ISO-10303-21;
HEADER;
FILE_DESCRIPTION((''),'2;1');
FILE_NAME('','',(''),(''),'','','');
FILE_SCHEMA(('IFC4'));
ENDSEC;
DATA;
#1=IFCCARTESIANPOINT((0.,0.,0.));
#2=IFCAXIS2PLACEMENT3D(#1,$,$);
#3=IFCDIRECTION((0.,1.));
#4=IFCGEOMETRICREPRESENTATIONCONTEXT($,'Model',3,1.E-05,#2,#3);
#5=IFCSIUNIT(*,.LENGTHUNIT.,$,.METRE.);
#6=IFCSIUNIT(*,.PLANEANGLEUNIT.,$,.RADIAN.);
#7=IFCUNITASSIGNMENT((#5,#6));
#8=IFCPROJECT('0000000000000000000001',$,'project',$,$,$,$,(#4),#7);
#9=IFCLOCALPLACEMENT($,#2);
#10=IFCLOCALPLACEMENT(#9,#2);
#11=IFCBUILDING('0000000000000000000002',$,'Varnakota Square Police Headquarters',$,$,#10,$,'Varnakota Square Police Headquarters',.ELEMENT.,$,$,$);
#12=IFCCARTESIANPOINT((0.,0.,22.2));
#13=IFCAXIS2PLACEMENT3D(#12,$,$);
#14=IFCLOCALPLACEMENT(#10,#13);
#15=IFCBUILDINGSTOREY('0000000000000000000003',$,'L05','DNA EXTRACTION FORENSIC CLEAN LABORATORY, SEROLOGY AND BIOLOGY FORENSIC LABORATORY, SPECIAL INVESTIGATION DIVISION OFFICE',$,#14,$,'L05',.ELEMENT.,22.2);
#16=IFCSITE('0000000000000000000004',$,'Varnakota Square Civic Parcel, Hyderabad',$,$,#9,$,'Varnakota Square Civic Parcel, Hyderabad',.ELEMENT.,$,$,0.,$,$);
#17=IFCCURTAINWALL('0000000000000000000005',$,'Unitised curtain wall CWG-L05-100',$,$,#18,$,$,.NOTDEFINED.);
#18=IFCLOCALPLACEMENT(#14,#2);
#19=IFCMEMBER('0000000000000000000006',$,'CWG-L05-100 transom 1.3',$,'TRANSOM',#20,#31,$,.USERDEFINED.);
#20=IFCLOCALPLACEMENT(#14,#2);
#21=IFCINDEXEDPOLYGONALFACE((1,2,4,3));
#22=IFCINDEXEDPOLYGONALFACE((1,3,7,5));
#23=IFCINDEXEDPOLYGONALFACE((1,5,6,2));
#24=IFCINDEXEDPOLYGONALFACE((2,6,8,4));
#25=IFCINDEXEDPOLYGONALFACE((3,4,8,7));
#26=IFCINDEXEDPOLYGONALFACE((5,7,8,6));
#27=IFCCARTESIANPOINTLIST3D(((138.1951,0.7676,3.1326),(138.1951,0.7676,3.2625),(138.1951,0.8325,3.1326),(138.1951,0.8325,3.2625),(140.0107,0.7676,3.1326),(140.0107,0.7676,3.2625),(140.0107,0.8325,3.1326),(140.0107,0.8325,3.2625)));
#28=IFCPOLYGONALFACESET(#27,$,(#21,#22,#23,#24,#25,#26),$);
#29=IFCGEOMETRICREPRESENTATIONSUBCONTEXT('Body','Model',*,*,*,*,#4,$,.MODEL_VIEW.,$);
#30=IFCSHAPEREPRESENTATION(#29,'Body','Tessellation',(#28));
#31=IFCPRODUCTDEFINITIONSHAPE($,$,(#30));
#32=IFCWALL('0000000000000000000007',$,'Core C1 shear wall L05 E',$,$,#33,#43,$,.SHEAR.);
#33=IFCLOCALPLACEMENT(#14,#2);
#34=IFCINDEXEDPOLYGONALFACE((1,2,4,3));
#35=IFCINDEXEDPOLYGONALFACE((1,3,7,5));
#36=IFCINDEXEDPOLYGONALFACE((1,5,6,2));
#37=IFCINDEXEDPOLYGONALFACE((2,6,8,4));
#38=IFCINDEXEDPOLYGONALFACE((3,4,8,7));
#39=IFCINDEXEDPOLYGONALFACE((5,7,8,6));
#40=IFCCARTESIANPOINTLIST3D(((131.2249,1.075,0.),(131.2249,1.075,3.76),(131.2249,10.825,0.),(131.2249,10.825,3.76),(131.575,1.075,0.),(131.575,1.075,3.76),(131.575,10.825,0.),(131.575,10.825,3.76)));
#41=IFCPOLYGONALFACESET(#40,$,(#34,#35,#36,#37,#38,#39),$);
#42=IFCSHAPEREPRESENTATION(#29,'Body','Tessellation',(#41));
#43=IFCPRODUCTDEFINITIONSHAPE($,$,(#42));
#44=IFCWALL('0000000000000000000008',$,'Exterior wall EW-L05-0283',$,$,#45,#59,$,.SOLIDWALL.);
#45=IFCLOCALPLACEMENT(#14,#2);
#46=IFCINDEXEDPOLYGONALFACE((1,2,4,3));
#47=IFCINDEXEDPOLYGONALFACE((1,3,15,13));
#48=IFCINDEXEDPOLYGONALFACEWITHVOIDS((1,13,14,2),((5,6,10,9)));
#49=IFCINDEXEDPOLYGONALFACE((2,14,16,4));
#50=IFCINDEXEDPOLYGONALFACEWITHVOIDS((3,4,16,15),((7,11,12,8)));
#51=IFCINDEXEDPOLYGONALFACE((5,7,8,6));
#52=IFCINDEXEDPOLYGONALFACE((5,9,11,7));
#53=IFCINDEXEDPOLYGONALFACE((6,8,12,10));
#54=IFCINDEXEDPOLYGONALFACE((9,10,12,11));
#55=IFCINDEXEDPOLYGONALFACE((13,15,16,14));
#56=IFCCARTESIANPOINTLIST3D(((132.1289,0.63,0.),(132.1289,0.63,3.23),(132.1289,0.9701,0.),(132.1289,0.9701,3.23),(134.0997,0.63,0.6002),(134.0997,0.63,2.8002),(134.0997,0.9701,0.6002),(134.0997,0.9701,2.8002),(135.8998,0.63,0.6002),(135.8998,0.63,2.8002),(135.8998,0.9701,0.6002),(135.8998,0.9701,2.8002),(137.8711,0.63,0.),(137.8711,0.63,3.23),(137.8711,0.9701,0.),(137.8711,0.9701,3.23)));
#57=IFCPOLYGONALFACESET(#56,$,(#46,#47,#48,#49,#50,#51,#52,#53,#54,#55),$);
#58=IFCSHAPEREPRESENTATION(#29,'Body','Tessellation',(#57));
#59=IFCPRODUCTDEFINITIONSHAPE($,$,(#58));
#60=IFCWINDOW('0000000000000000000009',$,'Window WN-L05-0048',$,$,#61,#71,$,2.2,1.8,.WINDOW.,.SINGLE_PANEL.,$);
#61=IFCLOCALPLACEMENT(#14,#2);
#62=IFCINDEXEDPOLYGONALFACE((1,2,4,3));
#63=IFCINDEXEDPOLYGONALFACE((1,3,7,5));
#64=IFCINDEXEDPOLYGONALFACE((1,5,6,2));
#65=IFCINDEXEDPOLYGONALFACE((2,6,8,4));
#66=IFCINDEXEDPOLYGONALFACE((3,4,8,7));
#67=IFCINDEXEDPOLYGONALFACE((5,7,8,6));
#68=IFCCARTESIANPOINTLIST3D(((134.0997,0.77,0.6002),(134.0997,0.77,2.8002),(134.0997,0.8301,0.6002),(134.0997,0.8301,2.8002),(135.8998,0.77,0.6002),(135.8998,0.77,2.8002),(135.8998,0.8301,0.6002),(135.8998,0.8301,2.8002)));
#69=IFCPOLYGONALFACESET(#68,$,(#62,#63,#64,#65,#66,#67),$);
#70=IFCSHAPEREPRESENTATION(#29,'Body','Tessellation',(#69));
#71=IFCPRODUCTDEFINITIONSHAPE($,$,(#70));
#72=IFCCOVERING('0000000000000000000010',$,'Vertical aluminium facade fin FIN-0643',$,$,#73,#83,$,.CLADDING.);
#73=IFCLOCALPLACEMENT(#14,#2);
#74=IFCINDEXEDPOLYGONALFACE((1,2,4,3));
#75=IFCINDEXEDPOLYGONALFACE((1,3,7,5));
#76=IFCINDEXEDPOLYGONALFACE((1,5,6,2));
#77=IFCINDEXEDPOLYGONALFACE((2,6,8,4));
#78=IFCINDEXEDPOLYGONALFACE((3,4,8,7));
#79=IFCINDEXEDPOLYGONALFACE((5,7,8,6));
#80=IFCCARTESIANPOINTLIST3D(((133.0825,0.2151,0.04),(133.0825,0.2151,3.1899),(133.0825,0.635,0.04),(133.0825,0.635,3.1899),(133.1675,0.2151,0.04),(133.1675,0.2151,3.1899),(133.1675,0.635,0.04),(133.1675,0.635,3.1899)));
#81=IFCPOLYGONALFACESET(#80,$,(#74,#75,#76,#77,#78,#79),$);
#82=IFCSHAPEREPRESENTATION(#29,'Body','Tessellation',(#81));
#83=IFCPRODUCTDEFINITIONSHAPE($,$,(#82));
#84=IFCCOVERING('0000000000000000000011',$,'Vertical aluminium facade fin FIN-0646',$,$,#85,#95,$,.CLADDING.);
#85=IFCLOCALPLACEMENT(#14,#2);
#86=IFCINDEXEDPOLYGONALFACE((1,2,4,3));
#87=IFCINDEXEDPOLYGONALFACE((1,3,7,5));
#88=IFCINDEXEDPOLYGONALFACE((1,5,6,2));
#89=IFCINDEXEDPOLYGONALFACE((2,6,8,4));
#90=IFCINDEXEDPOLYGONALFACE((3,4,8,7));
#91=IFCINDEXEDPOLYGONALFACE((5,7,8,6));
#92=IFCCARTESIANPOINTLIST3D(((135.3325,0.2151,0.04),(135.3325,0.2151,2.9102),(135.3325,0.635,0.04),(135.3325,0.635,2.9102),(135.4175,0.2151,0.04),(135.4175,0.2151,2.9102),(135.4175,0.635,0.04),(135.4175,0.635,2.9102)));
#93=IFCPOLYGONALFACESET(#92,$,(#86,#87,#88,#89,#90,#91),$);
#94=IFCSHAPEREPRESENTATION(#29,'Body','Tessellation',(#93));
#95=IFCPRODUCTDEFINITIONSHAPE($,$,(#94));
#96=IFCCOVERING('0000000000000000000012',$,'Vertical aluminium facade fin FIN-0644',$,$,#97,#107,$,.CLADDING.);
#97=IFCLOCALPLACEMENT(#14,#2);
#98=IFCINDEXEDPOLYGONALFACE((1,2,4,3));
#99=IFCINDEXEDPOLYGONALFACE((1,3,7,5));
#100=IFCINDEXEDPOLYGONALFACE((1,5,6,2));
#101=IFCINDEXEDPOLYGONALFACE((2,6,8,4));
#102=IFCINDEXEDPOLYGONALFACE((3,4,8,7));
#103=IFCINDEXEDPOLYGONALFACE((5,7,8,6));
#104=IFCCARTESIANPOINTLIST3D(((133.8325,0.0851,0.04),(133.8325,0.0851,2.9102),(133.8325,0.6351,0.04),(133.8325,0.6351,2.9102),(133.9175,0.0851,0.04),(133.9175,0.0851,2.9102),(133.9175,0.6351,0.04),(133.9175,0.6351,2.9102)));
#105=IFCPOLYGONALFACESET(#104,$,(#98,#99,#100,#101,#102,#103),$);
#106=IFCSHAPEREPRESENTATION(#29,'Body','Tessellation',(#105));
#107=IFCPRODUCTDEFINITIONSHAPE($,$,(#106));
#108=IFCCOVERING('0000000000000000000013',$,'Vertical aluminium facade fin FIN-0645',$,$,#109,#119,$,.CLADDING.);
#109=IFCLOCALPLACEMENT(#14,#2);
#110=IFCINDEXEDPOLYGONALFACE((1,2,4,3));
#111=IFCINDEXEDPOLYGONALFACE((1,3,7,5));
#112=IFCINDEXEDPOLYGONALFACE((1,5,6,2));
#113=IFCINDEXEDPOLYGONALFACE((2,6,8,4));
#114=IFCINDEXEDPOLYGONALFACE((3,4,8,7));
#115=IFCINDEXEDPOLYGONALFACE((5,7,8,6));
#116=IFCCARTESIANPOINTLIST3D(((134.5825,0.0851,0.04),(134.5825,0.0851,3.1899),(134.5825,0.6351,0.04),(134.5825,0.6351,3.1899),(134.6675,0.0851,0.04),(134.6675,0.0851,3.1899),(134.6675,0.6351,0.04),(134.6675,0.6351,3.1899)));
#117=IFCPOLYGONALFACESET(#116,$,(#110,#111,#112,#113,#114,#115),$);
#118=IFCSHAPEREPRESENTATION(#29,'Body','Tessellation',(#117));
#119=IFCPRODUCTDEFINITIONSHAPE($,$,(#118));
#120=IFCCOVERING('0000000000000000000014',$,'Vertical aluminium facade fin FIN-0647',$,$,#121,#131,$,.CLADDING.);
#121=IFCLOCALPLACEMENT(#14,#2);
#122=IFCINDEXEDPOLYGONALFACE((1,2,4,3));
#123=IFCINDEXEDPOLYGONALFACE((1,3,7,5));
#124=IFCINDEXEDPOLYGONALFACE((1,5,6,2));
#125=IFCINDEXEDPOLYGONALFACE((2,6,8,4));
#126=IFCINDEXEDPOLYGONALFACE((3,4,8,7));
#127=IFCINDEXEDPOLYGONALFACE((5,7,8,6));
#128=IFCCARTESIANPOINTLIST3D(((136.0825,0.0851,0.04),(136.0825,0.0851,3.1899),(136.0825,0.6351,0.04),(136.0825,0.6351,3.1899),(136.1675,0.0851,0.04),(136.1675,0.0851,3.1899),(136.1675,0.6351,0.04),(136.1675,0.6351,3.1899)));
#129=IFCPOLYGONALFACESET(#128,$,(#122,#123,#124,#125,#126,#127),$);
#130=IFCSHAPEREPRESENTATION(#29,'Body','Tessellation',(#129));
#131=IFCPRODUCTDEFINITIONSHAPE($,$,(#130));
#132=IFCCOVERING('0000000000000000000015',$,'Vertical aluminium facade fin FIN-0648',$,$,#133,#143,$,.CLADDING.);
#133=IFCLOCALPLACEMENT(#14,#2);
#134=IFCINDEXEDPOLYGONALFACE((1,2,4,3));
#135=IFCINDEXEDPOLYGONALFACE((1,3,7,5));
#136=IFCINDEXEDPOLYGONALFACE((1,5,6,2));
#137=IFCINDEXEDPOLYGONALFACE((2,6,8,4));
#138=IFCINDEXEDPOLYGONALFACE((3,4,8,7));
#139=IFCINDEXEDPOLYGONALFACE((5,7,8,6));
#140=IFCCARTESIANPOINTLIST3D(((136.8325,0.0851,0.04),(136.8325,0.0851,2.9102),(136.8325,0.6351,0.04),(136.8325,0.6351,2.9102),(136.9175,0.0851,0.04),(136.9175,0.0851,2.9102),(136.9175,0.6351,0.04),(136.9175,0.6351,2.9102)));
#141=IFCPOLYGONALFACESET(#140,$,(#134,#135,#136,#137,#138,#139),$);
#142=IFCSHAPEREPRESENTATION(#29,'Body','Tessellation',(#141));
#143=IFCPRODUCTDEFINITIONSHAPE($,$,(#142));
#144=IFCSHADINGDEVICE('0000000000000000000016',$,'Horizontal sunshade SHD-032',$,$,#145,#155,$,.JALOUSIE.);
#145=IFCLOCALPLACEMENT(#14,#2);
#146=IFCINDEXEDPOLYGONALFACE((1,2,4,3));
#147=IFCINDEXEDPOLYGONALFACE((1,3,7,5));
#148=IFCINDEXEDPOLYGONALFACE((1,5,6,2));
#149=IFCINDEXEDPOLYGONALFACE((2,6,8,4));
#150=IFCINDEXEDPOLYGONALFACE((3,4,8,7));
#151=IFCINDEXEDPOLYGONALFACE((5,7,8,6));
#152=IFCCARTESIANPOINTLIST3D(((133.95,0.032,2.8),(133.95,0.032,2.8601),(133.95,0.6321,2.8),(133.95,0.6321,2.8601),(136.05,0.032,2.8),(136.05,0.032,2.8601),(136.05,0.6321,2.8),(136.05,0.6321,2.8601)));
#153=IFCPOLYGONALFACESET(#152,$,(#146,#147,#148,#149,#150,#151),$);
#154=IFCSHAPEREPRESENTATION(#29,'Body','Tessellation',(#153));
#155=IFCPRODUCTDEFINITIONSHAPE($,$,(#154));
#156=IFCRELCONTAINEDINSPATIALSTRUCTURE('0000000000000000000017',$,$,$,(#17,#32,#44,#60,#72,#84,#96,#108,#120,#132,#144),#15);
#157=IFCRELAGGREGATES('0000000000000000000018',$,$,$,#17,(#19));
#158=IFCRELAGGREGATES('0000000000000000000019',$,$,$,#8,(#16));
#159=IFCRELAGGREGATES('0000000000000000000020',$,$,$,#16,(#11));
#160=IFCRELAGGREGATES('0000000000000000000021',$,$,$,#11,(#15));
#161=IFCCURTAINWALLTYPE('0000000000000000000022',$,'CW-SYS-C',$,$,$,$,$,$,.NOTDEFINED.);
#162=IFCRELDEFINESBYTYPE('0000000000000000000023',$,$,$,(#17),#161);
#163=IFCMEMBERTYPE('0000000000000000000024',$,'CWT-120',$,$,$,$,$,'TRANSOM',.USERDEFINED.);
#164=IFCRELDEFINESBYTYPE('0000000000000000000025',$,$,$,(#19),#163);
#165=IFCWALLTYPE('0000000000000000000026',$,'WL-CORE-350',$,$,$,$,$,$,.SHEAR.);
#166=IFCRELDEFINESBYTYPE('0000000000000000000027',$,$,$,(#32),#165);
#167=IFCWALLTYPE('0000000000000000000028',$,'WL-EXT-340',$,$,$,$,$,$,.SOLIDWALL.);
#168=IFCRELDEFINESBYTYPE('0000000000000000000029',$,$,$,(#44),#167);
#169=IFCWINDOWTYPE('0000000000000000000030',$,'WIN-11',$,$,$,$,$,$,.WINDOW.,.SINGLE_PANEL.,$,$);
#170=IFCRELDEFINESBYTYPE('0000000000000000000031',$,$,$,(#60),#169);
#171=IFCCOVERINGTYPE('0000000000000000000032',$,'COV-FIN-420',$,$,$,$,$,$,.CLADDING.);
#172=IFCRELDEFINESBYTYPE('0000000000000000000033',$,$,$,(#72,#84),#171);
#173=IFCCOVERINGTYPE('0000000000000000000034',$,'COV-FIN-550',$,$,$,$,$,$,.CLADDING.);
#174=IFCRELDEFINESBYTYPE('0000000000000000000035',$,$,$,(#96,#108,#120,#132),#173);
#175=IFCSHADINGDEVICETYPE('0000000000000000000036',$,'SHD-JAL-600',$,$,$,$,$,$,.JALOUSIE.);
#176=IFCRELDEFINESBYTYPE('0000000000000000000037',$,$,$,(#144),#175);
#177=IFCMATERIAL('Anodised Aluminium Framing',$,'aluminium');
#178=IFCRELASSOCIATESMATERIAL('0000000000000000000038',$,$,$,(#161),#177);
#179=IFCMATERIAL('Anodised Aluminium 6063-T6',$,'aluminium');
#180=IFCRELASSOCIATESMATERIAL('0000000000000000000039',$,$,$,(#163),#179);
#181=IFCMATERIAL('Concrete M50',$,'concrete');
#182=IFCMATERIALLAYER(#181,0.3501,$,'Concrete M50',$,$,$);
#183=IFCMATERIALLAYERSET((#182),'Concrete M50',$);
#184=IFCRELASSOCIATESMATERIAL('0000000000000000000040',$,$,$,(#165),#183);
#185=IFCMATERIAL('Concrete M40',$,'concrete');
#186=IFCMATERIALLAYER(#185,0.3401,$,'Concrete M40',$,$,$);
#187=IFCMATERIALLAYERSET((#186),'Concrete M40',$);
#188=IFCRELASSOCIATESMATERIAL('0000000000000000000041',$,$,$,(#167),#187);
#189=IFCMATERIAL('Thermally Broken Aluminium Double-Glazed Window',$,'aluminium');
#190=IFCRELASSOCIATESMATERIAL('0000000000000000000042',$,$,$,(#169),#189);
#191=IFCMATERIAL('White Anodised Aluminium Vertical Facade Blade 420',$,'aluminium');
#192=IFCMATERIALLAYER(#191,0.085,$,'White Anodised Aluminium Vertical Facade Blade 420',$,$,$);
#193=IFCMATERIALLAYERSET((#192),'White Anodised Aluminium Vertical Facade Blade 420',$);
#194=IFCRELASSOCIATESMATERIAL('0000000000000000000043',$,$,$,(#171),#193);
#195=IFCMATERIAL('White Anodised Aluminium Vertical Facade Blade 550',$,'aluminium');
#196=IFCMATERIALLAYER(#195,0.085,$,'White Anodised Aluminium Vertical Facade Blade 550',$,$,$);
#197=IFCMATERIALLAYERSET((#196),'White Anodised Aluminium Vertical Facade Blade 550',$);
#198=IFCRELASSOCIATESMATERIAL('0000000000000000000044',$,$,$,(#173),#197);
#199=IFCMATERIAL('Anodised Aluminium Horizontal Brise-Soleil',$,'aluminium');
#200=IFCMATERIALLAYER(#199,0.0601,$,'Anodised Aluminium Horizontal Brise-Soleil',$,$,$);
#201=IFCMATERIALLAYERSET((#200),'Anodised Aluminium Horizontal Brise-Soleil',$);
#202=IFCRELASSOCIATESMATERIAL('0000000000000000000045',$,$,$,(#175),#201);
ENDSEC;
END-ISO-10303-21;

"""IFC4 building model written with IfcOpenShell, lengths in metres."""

from ifc_helpers import new_model, si_unit, direction, frame, frame_2d, origin, origin_2d, place, context, subcontext, project, spatial, rectangle, extrude, material, layer, layer_set, material_profile, profile_set, type_object, element, fill, aggregate, save


model = new_model("IFC4")

# Units and contexts
model_context = context("Model", 3, precision=1e-05, world=origin(), true_north=direction((0.0, 1.0)))
body_context = subcontext(model_context, "Body", "Model", "MODEL_VIEW")
ifc_project = project(units=[si_unit("LENGTHUNIT", "METRE"), si_unit("PLANEANGLEUNIT", "RADIAN")], contexts=[model_context])

# Site, building, storey
site_placement = place(None, origin())
site = spatial("IfcSite", under=ifc_project, at=site_placement, Name="Varnakota Square Civic Parcel, Hyderabad", LongName="Varnakota Square Civic Parcel, Hyderabad", CompositionType="ELEMENT", RefElevation=0.0)
building_placement = place(site_placement, origin())
building = spatial("IfcBuilding", under=site, at=building_placement, Name="Varnakota Square Police Headquarters", LongName="Varnakota Square Police Headquarters", CompositionType="ELEMENT")
storey_placement = place(building_placement, frame((0.0, 0.0, 22.2)))
storey = spatial("IfcBuildingStorey", under=building, at=storey_placement, Name="L05", Description="DNA EXTRACTION FORENSIC CLEAN LABORATORY, SEROLOGY AND BIOLOGY FORENSIC LABORATORY, SPECIAL INVESTIGATION DIVISION OFFICE", LongName="L05", CompositionType="ELEMENT", Elevation=22.2)

# Curtain wall, member
ifc_material_1 = material(Name="Anodised Aluminium Framing", Category="aluminium")
curtain_wall_type = type_object("IfcCurtainWallType", Name="CW-SYS-C", PredefinedType="NOTDEFINED", material=ifc_material_1)
curtain_wall_placement = place(storey_placement, origin())
curtain_wall = element("IfcCurtainWall", 1, at=curtain_wall_placement, inside=storey, type_object=curtain_wall_type, Name="Unitised curtain wall CWG-L05-100", PredefinedType="NOTDEFINED")
ifc_material_2 = material(Name="Anodised Aluminium 6063-T6", Category="aluminium")
ifc_material_profile_1 = material_profile(ifc_material_2, rectangle(XDim=0.0649, YDim=0.1299, at=origin_2d()), Name="ALU TRANSOM 65x130")
ifc_profile_set_1 = profile_set([ifc_material_profile_1], Name="Anodised Aluminium 6063-T6")
member_type_1 = type_object("IfcMemberType", Name="CWT-120", ElementType="TRANSOM", PredefinedType="USERDEFINED", material=ifc_profile_set_1)
member_1_placement = place(storey_placement, frame((138.1951, 0.8, 3.1975), z_axis=(1.0, 0.0, 0.0), x_axis=(0.0, 1.0, 0.0)))
member_1 = element("IfcMember", 2, at=member_1_placement, type_object=member_type_1, Name="CWG-L05-100 transom 1.3", ObjectType="TRANSOM", PredefinedType="USERDEFINED", context=body_context, shape_type="SweptSolid", body=[
    extrude(rectangle(XDim=0.0649, YDim=0.1299, at=origin_2d()), origin(), (0.0, 0.0, 1.0), 1.8157),
])
aggregate(curtain_wall, [member_1])

# Wall
ifc_material_3 = material(Name="Concrete M50", Category="concrete")
ifc_layer_1 = layer(ifc_material_3, 0.3501, Name="Concrete M50")
ifc_layer_set_1 = layer_set([ifc_layer_1], Name="Concrete M50")
wall_type_1 = type_object("IfcWallType", Name="WL-CORE-350", PredefinedType="SHEAR", material=ifc_layer_set_1)
wall_1_placement = place(storey_placement, frame((131.3999, 1.075, 0.0), z_axis=(0.0, 0.0, 1.0), x_axis=(0.0, 1.0, 0.0)))
element("IfcWall", 3, at=wall_1_placement, inside=storey, type_object=wall_type_1, Name="Core C1 shear wall L05 E", PredefinedType="SHEAR", context=body_context, shape_type="SweptSolid", body=[
    extrude(rectangle(XDim=9.75, YDim=0.3501, at=frame_2d((4.875, 0.0))), origin(), (0.0, 0.0, 1.0), 3.76),
])

# Wall, opening, window
ifc_material_4 = material(Name="Concrete M40", Category="concrete")
ifc_layer_2 = layer(ifc_material_4, 0.3401, Name="Concrete M40")
ifc_layer_set_2 = layer_set([ifc_layer_2], Name="Concrete M40")
wall_type_2 = type_object("IfcWallType", Name="WL-EXT-340", PredefinedType="SOLIDWALL", material=ifc_layer_set_2)
wall_2_placement = place(storey_placement, frame((132.1289, 0.8, 0.0), z_axis=(0.0, 0.0, 1.0), x_axis=(1.0, 0.0, 0.0)))
wall_2 = element("IfcWall", 4, at=wall_2_placement, inside=storey, type_object=wall_type_2, Name="Exterior wall EW-L05-0283", PredefinedType="SOLIDWALL", context=body_context, shape_type="SweptSolid", body=[
    extrude(rectangle(XDim=5.7422, YDim=0.3401, at=frame_2d((2.8711, 0.0))), origin(), (0.0, 0.0, 1.0), 3.23),
])
opening_placement = place(wall_2_placement, frame((1.9709, 0.0, 0.6001)))
opening = element("IfcOpeningElement", 5, at=opening_placement, cuts=wall_2, PredefinedType="OPENING", context=body_context, shape_type="SweptSolid", body=[
    extrude(rectangle(XDim=1.8, YDim=2.2, at=frame_2d((0.8999, 1.1001))), frame((0.0, 0.1799, 0.0), z_axis=(0.0, -1.0, 0.0), x_axis=(1.0, 0.0, 0.0)), (0.0, 0.0, 1.0), 0.3601),
])
ifc_material_5 = material(Name="Thermally Broken Aluminium Double-Glazed Window", Category="aluminium")
window_type = type_object("IfcWindowType", Name="WIN-11", PartitioningType="SINGLE_PANEL", PredefinedType="WINDOW", material=ifc_material_5)
window_placement = place(opening_placement, origin())
window = element("IfcWindow", 6, at=window_placement, inside=storey, type_object=window_type, Name="Window WN-L05-0048", OverallHeight=2.2, OverallWidth=1.8, PartitioningType="SINGLE_PANEL", PredefinedType="WINDOW", context=body_context, shape_type="SweptSolid", body=[
    extrude(rectangle(XDim=1.8, YDim=2.2, at=frame_2d((0.8999, 1.1001))), frame((0.0, 0.03, 0.0), z_axis=(0.0, -1.0, 0.0), x_axis=(1.0, 0.0, 0.0)), (0.0, 0.0, 1.0), 0.0601),
])
fill(opening, window)

# Coverings
ifc_material_6 = material(Name="White Anodised Aluminium Vertical Facade Blade 420", Category="aluminium")
ifc_layer_3 = layer(ifc_material_6, 0.085, Name="White Anodised Aluminium Vertical Facade Blade 420")
ifc_layer_set_3 = layer_set([ifc_layer_3], Name="White Anodised Aluminium Vertical Facade Blade 420")
covering_type_1 = type_object("IfcCoveringType", Name="COV-FIN-420", PredefinedType="CLADDING", material=ifc_layer_set_3)
covering_1_placement = place(storey_placement, frame((133.125, 0.425, 0.04), z_axis=(0.0, 0.0, 1.0), x_axis=(1.0, 0.0, 0.0)))
element("IfcCovering", 7, at=covering_1_placement, inside=storey, type_object=covering_type_1, Name="Vertical aluminium facade fin FIN-0643", PredefinedType="CLADDING", context=body_context, shape_type="SweptSolid", body=[
    extrude(rectangle(XDim=0.085, YDim=0.4199, at=origin_2d()), origin(), (0.0, 0.0, 1.0), 3.1499),
])
covering_2_placement = place(storey_placement, frame((135.375, 0.425, 0.04), z_axis=(0.0, 0.0, 1.0), x_axis=(1.0, 0.0, 0.0)))
element("IfcCovering", 8, at=covering_2_placement, inside=storey, type_object=covering_type_1, Name="Vertical aluminium facade fin FIN-0646", PredefinedType="CLADDING", context=body_context, shape_type="SweptSolid", body=[
    extrude(rectangle(XDim=0.085, YDim=0.4199, at=origin_2d()), origin(), (0.0, 0.0, 1.0), 2.8701),
])
ifc_material_7 = material(Name="White Anodised Aluminium Vertical Facade Blade 550", Category="aluminium")
ifc_layer_4 = layer(ifc_material_7, 0.085, Name="White Anodised Aluminium Vertical Facade Blade 550")
ifc_layer_set_4 = layer_set([ifc_layer_4], Name="White Anodised Aluminium Vertical Facade Blade 550")
covering_type_2 = type_object("IfcCoveringType", Name="COV-FIN-550", PredefinedType="CLADDING", material=ifc_layer_set_4)
covering_3_placement = place(storey_placement, frame((133.875, 0.3601, 0.04), z_axis=(0.0, 0.0, 1.0), x_axis=(1.0, 0.0, 0.0)))
element("IfcCovering", 9, at=covering_3_placement, inside=storey, type_object=covering_type_2, Name="Vertical aluminium facade fin FIN-0644", PredefinedType="CLADDING", context=body_context, shape_type="SweptSolid", body=[
    extrude(rectangle(XDim=0.085, YDim=0.55, at=origin_2d()), origin(), (0.0, 0.0, 1.0), 2.8701),
])
for number, where, z_axis, x_axis, name in (
    (10, (134.625, 0.3601, 0.04), (0.0, 0.0, 1.0), (1.0, 0.0, 0.0), "Vertical aluminium facade fin FIN-0645"),
    (11, (136.125, 0.3601, 0.04), (0.0, 0.0, 1.0), (1.0, 0.0, 0.0), "Vertical aluminium facade fin FIN-0647"),
):
    element("IfcCovering", number, at=place(storey_placement, frame(where, z_axis=z_axis, x_axis=x_axis)), inside=storey, type_object=covering_type_2, Name=name, PredefinedType="CLADDING", context=body_context, shape_type="SweptSolid", body=[
        extrude(rectangle(XDim=0.085, YDim=0.55, at=origin_2d()), origin(), (0.0, 0.0, 1.0), 3.1499),
    ])
covering_4_placement = place(storey_placement, frame((136.875, 0.3601, 0.04), z_axis=(0.0, 0.0, 1.0), x_axis=(1.0, 0.0, 0.0)))
element("IfcCovering", 12, at=covering_4_placement, inside=storey, type_object=covering_type_2, Name="Vertical aluminium facade fin FIN-0648", PredefinedType="CLADDING", context=body_context, shape_type="SweptSolid", body=[
    extrude(rectangle(XDim=0.085, YDim=0.55, at=origin_2d()), origin(), (0.0, 0.0, 1.0), 2.8701),
])

# Shading device
ifc_material_8 = material(Name="Anodised Aluminium Horizontal Brise-Soleil", Category="aluminium")
ifc_layer_5 = layer(ifc_material_8, 0.0601, Name="Anodised Aluminium Horizontal Brise-Soleil")
ifc_layer_set_5 = layer_set([ifc_layer_5], Name="Anodised Aluminium Horizontal Brise-Soleil")
shading_device_type = type_object("IfcShadingDeviceType", Name="SHD-JAL-600", PredefinedType="JALOUSIE", material=ifc_layer_set_5)
shading_device_placement = place(storey_placement, frame((135.0, 0.332, 2.8), z_axis=(0.0, 0.0, 1.0), x_axis=(1.0, 0.0, 0.0)))
element("IfcShadingDevice", 13, at=shading_device_placement, inside=storey, type_object=shading_device_type, Name="Horizontal sunshade SHD-032", PredefinedType="JALOUSIE", context=body_context, shape_type="SweptSolid", body=[
    extrude(rectangle(XDim=2.1001, YDim=0.6001, at=origin_2d()), origin(), (0.0, 0.0, 1.0), 0.0601),
])

save(model, "model.ifc")
